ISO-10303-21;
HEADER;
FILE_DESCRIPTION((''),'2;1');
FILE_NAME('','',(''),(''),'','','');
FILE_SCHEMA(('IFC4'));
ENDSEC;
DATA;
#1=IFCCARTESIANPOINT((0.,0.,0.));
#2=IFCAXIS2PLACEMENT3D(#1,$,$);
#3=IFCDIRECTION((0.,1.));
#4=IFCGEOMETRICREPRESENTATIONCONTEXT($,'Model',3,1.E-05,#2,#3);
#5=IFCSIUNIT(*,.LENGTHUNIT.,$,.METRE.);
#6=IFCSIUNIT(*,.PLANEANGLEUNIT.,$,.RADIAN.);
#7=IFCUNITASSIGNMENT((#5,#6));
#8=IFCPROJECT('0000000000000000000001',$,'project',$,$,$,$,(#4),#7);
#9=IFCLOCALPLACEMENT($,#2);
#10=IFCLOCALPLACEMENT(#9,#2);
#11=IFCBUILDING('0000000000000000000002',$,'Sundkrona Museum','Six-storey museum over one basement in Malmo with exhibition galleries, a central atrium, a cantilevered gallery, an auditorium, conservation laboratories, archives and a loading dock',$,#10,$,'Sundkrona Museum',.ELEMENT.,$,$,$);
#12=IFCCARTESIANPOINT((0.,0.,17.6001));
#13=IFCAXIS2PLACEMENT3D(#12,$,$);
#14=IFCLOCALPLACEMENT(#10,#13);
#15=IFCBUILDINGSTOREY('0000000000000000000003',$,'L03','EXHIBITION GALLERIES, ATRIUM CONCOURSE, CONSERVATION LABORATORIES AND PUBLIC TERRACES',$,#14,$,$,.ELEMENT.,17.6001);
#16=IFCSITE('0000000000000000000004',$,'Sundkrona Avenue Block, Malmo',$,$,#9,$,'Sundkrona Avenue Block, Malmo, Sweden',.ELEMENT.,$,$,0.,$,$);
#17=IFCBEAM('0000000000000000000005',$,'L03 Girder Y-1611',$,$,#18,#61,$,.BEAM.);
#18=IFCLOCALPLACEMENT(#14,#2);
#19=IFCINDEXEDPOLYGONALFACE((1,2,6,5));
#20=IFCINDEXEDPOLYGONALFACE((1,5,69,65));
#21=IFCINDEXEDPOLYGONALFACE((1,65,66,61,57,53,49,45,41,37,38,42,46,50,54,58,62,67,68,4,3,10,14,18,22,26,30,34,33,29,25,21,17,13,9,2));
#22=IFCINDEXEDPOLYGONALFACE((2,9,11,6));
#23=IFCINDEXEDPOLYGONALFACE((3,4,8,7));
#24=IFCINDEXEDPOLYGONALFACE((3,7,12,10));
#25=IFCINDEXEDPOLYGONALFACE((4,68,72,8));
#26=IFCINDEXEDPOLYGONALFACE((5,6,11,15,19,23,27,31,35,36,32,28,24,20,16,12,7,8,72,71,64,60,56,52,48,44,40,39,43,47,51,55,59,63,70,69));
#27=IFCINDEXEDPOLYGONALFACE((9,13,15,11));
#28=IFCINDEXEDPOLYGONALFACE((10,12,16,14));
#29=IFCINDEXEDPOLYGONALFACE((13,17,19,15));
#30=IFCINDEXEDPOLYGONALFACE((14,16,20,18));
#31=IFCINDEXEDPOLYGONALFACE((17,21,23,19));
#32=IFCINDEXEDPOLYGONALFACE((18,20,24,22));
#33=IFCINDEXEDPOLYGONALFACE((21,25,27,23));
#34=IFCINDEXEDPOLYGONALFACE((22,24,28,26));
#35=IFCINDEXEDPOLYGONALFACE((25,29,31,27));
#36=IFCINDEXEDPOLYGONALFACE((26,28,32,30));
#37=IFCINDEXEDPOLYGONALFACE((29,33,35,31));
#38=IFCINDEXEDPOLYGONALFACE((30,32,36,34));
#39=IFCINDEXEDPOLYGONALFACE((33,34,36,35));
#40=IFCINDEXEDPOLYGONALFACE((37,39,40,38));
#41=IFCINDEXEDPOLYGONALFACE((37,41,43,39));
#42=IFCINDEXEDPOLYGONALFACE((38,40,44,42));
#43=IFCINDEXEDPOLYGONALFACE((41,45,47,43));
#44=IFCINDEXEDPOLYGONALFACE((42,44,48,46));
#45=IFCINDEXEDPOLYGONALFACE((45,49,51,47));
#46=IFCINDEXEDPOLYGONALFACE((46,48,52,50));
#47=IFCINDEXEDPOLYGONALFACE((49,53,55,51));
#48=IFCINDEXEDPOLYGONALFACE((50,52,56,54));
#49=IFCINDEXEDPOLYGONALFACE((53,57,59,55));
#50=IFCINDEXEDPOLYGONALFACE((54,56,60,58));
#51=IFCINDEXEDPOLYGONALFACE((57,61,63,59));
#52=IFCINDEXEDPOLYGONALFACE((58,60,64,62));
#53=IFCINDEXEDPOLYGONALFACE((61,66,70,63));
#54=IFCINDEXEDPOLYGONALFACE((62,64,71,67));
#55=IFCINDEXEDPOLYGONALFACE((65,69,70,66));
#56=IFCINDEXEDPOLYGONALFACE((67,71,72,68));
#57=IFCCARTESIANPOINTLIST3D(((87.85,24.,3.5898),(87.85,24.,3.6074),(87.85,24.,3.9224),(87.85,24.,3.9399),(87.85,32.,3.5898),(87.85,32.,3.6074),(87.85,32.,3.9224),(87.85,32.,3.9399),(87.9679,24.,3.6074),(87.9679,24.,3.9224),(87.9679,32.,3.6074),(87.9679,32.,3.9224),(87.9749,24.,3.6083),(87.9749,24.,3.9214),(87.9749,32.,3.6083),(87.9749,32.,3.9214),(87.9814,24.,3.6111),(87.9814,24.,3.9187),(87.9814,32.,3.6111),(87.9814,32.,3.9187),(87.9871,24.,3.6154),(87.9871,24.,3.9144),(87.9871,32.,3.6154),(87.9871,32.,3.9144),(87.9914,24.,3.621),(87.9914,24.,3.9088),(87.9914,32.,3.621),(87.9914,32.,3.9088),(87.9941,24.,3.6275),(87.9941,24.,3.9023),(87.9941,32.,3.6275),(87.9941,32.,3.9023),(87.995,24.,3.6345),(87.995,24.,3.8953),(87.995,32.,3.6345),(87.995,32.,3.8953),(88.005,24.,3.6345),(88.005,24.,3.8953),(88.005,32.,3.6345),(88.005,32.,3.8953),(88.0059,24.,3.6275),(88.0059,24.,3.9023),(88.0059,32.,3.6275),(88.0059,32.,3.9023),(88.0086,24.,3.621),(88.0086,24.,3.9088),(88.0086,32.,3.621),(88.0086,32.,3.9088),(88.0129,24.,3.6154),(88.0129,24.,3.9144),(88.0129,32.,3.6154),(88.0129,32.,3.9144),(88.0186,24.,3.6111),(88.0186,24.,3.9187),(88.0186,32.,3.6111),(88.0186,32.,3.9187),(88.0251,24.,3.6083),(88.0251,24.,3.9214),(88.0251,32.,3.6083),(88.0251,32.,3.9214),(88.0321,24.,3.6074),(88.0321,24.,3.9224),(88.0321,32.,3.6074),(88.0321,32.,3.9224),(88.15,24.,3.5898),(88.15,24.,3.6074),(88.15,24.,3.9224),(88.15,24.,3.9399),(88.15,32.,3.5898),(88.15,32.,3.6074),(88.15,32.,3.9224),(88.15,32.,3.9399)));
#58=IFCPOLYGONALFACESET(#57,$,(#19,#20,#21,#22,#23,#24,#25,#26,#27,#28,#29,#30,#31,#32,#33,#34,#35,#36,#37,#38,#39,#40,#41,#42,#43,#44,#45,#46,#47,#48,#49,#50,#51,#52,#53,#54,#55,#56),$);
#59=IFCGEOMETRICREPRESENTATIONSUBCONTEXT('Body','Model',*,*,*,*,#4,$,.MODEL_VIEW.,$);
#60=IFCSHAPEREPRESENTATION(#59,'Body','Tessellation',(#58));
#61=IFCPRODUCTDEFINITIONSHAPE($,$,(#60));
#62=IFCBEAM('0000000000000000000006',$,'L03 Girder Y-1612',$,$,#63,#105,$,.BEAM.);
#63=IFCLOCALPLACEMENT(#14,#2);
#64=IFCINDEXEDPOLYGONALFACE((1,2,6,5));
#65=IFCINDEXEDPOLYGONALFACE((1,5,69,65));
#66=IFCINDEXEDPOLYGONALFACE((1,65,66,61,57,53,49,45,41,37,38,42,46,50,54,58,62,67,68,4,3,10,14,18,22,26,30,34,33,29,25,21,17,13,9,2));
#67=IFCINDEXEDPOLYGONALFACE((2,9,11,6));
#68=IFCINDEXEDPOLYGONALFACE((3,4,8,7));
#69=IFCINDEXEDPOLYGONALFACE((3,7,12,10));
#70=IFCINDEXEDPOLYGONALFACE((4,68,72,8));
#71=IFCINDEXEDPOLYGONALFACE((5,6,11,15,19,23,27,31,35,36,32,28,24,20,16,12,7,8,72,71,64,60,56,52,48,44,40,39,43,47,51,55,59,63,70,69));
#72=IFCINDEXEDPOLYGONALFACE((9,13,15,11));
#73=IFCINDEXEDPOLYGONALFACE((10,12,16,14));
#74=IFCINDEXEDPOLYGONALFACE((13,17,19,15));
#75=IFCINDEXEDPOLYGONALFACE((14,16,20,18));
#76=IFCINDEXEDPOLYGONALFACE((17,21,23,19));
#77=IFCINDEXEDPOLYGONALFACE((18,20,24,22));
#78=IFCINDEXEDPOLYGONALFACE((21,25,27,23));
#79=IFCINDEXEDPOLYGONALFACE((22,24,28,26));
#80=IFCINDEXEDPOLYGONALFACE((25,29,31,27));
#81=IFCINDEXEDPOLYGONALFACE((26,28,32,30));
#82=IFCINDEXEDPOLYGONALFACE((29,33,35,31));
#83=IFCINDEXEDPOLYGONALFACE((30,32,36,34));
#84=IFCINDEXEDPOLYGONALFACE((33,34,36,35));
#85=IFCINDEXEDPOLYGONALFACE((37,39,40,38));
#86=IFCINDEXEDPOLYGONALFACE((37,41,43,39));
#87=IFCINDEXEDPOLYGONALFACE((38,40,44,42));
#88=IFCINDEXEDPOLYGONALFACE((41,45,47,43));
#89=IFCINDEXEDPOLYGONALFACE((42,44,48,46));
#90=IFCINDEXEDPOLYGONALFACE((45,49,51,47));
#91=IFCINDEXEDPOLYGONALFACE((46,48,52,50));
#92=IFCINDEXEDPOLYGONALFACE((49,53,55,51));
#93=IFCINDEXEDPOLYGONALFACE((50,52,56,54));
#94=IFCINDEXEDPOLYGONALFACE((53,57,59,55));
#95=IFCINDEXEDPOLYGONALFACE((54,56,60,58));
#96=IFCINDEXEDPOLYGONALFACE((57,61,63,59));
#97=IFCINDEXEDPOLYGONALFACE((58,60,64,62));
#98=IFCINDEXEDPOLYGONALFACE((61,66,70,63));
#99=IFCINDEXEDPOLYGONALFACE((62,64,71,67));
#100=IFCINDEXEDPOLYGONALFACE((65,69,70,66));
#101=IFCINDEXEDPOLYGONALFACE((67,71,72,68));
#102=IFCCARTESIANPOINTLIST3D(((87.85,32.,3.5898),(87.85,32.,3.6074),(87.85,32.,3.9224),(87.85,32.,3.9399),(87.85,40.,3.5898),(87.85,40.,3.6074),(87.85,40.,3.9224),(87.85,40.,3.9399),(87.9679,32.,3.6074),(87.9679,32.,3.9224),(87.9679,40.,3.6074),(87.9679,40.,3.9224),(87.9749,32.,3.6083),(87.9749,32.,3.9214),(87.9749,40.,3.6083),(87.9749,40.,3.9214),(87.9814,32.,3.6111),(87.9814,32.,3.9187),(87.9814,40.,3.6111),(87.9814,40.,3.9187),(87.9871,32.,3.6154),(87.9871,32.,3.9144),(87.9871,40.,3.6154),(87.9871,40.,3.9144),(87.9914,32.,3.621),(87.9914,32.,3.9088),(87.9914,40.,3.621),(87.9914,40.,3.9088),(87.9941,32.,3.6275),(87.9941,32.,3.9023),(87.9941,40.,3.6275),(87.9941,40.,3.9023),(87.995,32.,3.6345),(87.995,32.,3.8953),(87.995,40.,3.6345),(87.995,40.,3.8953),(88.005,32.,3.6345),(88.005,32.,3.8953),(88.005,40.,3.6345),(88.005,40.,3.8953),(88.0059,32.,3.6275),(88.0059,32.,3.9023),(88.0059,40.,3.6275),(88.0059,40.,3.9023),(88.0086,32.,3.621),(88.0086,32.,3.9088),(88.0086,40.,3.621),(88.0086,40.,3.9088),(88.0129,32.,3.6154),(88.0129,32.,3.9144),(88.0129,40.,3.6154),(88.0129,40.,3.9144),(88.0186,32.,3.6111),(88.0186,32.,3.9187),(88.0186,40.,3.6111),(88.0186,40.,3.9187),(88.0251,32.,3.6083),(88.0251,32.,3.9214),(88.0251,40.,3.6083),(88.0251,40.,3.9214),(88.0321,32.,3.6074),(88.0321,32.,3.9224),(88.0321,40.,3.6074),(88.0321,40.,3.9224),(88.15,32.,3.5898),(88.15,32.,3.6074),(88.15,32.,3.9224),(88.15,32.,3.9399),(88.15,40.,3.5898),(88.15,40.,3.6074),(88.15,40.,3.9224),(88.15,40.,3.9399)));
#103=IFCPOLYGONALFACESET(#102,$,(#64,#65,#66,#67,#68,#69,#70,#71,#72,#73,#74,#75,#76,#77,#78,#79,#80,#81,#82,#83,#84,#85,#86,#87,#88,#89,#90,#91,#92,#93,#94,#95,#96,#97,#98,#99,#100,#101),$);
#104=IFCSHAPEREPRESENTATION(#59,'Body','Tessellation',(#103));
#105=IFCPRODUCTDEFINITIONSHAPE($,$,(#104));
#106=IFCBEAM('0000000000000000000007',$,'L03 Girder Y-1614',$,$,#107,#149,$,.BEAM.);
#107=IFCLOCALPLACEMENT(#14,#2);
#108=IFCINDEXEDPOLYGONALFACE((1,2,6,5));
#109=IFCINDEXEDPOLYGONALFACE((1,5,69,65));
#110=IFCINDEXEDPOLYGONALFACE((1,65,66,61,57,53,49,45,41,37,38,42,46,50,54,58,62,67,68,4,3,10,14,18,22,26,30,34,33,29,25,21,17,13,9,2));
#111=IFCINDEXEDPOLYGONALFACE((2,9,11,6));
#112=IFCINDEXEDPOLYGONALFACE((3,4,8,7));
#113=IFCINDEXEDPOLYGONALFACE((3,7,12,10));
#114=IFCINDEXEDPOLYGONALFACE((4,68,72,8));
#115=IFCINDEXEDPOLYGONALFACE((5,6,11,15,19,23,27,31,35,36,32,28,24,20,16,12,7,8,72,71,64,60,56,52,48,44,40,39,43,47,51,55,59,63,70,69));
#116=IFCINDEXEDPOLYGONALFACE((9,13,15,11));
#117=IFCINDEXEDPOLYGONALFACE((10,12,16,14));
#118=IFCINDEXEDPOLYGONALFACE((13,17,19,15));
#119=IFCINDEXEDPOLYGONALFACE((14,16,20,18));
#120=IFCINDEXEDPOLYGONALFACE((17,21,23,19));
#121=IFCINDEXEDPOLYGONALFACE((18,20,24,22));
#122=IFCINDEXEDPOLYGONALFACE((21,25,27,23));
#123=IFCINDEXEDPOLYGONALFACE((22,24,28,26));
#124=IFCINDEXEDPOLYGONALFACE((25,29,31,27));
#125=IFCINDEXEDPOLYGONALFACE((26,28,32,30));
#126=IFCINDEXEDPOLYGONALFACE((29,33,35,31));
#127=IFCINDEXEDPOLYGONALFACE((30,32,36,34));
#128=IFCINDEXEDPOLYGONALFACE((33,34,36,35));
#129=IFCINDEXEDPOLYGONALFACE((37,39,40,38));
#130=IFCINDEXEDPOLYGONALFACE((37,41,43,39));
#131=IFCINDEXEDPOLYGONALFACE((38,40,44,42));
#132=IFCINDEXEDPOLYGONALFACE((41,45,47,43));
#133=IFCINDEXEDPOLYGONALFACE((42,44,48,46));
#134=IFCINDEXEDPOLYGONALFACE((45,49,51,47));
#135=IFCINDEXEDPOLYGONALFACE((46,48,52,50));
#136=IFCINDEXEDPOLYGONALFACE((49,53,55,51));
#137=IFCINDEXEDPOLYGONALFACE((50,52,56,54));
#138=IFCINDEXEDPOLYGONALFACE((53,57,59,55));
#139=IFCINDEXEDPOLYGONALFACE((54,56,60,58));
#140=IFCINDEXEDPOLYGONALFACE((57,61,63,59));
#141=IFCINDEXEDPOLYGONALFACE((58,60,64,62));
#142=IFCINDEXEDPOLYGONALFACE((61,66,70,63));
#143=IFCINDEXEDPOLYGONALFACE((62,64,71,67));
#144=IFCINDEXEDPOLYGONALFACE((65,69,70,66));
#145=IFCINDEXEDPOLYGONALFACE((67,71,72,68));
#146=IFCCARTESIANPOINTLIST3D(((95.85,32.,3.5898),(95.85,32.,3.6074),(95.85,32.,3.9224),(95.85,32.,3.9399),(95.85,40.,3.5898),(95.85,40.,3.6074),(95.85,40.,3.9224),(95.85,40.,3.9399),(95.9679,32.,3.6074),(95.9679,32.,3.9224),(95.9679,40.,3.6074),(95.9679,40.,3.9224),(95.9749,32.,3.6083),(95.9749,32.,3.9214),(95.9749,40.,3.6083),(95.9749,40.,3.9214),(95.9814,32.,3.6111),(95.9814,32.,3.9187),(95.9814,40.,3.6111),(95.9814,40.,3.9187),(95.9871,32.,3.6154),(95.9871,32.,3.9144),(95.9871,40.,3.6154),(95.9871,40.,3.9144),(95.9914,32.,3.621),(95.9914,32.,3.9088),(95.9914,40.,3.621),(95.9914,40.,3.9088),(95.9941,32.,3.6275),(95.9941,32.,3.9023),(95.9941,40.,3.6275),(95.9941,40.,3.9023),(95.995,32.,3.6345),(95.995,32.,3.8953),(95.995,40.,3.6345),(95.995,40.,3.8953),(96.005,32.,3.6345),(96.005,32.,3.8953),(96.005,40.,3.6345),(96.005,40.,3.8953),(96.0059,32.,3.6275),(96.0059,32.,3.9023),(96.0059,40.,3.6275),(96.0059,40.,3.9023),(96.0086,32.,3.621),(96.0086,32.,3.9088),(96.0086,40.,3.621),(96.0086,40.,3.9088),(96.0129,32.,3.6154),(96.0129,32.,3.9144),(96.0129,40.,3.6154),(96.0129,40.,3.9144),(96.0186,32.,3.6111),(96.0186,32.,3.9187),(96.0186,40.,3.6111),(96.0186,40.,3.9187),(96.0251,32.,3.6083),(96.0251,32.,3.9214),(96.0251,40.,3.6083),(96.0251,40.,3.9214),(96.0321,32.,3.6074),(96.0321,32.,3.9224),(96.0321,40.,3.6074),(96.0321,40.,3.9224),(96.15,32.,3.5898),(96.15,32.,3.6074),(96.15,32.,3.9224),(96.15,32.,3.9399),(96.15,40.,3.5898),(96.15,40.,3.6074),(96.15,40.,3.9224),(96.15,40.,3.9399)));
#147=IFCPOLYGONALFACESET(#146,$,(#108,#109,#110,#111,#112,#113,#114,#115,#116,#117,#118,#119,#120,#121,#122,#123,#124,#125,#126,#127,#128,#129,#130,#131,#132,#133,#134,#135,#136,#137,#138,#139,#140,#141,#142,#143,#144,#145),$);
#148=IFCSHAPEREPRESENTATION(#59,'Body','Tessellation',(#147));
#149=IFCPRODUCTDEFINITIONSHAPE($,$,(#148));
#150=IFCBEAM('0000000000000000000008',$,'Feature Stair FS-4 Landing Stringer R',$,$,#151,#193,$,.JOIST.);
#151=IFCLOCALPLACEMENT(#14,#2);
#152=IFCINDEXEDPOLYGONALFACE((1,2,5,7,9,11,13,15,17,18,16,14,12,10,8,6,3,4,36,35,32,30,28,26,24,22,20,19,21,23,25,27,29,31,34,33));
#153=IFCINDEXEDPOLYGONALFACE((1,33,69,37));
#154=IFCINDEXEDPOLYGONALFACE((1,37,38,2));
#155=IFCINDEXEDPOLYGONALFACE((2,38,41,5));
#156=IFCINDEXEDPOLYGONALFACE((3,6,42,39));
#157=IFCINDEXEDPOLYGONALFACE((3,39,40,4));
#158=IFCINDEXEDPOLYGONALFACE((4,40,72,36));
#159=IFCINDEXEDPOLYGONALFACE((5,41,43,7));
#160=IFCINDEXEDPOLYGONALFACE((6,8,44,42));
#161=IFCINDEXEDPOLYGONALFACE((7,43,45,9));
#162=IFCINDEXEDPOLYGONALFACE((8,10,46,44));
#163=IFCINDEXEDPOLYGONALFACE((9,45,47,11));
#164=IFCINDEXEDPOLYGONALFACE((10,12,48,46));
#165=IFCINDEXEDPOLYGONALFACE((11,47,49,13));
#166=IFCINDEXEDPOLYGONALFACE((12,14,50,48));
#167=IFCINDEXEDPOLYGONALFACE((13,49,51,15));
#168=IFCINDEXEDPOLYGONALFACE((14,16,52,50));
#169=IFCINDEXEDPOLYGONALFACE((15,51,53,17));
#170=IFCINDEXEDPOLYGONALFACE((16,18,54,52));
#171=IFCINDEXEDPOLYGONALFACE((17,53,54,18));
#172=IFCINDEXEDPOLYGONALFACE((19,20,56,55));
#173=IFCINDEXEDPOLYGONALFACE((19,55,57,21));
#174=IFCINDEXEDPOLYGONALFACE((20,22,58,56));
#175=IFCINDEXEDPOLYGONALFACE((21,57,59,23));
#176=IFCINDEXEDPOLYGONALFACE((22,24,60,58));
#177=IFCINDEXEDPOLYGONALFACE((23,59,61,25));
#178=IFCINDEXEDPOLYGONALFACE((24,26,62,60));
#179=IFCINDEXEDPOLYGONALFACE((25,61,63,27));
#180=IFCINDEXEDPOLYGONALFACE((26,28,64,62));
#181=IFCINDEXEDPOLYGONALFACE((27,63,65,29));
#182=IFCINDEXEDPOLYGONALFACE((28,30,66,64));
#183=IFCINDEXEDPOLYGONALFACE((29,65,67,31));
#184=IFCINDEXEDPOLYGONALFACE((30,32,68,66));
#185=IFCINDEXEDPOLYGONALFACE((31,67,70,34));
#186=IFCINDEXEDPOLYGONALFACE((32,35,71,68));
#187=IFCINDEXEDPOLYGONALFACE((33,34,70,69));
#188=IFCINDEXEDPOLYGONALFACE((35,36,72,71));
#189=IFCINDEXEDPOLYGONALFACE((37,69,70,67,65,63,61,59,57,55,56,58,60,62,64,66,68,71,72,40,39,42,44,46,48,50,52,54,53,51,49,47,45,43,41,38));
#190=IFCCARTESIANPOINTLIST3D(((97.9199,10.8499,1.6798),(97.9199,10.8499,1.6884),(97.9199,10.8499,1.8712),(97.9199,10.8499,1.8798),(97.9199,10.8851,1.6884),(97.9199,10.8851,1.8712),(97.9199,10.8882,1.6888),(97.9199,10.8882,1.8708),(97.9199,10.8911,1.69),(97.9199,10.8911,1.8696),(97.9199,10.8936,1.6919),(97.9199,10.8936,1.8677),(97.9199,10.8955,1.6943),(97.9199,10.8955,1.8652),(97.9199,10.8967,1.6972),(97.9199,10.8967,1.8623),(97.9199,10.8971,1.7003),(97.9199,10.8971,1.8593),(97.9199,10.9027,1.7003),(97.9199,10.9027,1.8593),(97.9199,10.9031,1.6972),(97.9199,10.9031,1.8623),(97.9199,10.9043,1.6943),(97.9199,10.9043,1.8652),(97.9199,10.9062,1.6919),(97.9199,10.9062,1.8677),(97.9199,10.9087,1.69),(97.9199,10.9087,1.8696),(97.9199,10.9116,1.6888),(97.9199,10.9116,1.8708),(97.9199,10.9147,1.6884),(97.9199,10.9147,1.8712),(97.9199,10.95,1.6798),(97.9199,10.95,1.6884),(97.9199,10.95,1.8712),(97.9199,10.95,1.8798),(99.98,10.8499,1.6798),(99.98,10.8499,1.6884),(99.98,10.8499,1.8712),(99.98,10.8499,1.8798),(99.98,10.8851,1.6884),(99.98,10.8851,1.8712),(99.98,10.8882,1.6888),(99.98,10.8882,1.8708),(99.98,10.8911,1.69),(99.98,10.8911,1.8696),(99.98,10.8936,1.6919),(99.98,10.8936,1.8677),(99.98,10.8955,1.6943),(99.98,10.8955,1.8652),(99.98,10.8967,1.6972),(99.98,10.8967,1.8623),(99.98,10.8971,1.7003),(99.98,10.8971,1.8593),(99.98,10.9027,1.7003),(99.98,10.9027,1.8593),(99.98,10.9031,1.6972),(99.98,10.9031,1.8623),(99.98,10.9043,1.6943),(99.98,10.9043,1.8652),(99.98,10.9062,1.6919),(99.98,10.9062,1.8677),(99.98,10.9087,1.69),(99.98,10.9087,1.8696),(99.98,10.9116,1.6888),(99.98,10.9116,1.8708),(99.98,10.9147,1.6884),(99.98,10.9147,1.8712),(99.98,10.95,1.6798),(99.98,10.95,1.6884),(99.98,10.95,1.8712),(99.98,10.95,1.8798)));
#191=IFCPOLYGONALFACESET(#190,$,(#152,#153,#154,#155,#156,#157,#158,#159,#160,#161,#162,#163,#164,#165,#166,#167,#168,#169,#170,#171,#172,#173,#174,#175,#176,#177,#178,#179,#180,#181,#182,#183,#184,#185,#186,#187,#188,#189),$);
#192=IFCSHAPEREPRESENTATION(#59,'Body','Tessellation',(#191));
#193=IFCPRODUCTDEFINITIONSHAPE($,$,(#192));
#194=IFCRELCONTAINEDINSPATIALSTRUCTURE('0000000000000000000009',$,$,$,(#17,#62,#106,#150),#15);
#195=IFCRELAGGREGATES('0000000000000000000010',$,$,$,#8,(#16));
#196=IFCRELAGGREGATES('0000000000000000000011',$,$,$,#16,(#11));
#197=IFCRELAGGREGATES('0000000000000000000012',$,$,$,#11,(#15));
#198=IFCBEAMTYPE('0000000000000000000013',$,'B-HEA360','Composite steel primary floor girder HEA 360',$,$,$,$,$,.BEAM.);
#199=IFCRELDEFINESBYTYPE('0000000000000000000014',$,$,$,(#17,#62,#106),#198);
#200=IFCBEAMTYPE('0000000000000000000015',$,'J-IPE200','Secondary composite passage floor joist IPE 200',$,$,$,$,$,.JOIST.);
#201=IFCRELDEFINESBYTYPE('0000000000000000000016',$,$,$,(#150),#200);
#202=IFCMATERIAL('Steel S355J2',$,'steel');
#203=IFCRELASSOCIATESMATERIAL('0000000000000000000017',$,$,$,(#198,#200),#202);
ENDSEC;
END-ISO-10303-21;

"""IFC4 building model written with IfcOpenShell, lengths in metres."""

from ifc_helpers import new_model, si_unit, direction, frame, origin, origin_2d, place, context, subcontext, project, spatial, i_section, extrude, material, material_profile, profile_set, type_object, element, save


model = new_model("IFC4")

# Units and contexts
model_context = context("Model", 3, precision=1e-05, world=origin(), true_north=direction((0.0, 1.0)))
body_context = subcontext(model_context, "Body", "Model", "MODEL_VIEW")
ifc_project = project(units=[si_unit("LENGTHUNIT", "METRE"), si_unit("PLANEANGLEUNIT", "RADIAN")], contexts=[model_context])

# Site, building, storey
site_placement = place(None, origin())
site = spatial("IfcSite", under=ifc_project, at=site_placement, Name="Sundkrona Avenue Block, Malmo", LongName="Sundkrona Avenue Block, Malmo, Sweden", CompositionType="ELEMENT", RefElevation=0.0)
building_placement = place(site_placement, origin())
building = spatial("IfcBuilding", under=site, at=building_placement, Name="Sundkrona Museum", Description="Six-storey museum over one basement in Malmo with exhibition galleries, a central atrium, a cantilevered gallery, an auditorium, conservation laboratories, archives and a loading dock", LongName="Sundkrona Museum", CompositionType="ELEMENT")
storey_placement = place(building_placement, frame((0.0, 0.0, 17.6001)))
storey = spatial("IfcBuildingStorey", under=building, at=storey_placement, Name="L03", Description="EXHIBITION GALLERIES, ATRIUM CONCOURSE, CONSERVATION LABORATORIES AND PUBLIC TERRACES", CompositionType="ELEMENT", Elevation=17.6001)

# Shared definitions
ifc_material_1 = material(Name="Steel S355J2", Category="steel")

# Beams
ifc_material_profile_1 = material_profile(ifc_material_1, i_section(OverallWidth=0.3, OverallDepth=0.3501, WebThickness=0.01, FlangeThickness=0.0176, FilletRadius=0.0271, at=origin_2d()), Name="HEA 360")
ifc_profile_set_1 = profile_set([ifc_material_profile_1], Name="Steel S355J2")
beam_type_1 = type_object("IfcBeamType", Name="B-HEA360", Description="Composite steel primary floor girder HEA 360", PredefinedType="BEAM", material=ifc_profile_set_1)
for number, where, z_axis, x_axis, name in (
    (1, (88.0, 24.0, 3.7649), (0.0, 1.0, 0.0), (-1.0, 0.0, 0.0), "L03 Girder Y-1611"),
    (2, (88.0, 32.0, 3.7649), (0.0, 1.0, 0.0), (-1.0, 0.0, 0.0), "L03 Girder Y-1612"),
    (3, (96.0, 32.0, 3.7649), (0.0, 1.0, 0.0), (-1.0, 0.0, 0.0), "L03 Girder Y-1614"),
):
    element("IfcBeam", number, at=place(storey_placement, frame(where, z_axis=z_axis, x_axis=x_axis)), inside=storey, type_object=beam_type_1, Name=name, PredefinedType="BEAM", context=body_context, shape_type="SweptSolid", body=[
        extrude(i_section(OverallWidth=0.3, OverallDepth=0.3501, WebThickness=0.01, FlangeThickness=0.0176, FilletRadius=0.0271, at=origin_2d()), origin(), (0.0, 0.0, 1.0), 8.0),
    ])
ifc_material_profile_2 = material_profile(ifc_material_1, i_section(OverallWidth=0.1001, OverallDepth=0.2, WebThickness=0.0056, FlangeThickness=0.0085, FilletRadius=0.012, at=origin_2d()), Name="IPE 200")
ifc_profile_set_2 = profile_set([ifc_material_profile_2], Name="Steel S355J2")
beam_type_2 = type_object("IfcBeamType", Name="J-IPE200", Description="Secondary composite passage floor joist IPE 200", PredefinedType="JOIST", material=ifc_profile_set_2)
beam_placement = place(storey_placement, frame((97.9199, 10.8999, 1.7798), z_axis=(1.0, 0.0, 0.0), x_axis=(0.0, 1.0, 0.0)))
element("IfcBeam", 4, at=beam_placement, inside=storey, type_object=beam_type_2, Name="Feature Stair FS-4 Landing Stringer R", PredefinedType="JOIST", context=body_context, shape_type="SweptSolid", body=[
    extrude(i_section(OverallWidth=0.1001, OverallDepth=0.2, WebThickness=0.0056, FlangeThickness=0.0085, FilletRadius=0.012, at=origin_2d()), origin(), (0.0, 0.0, 1.0), 2.0601),
])

save(model, "model.ifc")
